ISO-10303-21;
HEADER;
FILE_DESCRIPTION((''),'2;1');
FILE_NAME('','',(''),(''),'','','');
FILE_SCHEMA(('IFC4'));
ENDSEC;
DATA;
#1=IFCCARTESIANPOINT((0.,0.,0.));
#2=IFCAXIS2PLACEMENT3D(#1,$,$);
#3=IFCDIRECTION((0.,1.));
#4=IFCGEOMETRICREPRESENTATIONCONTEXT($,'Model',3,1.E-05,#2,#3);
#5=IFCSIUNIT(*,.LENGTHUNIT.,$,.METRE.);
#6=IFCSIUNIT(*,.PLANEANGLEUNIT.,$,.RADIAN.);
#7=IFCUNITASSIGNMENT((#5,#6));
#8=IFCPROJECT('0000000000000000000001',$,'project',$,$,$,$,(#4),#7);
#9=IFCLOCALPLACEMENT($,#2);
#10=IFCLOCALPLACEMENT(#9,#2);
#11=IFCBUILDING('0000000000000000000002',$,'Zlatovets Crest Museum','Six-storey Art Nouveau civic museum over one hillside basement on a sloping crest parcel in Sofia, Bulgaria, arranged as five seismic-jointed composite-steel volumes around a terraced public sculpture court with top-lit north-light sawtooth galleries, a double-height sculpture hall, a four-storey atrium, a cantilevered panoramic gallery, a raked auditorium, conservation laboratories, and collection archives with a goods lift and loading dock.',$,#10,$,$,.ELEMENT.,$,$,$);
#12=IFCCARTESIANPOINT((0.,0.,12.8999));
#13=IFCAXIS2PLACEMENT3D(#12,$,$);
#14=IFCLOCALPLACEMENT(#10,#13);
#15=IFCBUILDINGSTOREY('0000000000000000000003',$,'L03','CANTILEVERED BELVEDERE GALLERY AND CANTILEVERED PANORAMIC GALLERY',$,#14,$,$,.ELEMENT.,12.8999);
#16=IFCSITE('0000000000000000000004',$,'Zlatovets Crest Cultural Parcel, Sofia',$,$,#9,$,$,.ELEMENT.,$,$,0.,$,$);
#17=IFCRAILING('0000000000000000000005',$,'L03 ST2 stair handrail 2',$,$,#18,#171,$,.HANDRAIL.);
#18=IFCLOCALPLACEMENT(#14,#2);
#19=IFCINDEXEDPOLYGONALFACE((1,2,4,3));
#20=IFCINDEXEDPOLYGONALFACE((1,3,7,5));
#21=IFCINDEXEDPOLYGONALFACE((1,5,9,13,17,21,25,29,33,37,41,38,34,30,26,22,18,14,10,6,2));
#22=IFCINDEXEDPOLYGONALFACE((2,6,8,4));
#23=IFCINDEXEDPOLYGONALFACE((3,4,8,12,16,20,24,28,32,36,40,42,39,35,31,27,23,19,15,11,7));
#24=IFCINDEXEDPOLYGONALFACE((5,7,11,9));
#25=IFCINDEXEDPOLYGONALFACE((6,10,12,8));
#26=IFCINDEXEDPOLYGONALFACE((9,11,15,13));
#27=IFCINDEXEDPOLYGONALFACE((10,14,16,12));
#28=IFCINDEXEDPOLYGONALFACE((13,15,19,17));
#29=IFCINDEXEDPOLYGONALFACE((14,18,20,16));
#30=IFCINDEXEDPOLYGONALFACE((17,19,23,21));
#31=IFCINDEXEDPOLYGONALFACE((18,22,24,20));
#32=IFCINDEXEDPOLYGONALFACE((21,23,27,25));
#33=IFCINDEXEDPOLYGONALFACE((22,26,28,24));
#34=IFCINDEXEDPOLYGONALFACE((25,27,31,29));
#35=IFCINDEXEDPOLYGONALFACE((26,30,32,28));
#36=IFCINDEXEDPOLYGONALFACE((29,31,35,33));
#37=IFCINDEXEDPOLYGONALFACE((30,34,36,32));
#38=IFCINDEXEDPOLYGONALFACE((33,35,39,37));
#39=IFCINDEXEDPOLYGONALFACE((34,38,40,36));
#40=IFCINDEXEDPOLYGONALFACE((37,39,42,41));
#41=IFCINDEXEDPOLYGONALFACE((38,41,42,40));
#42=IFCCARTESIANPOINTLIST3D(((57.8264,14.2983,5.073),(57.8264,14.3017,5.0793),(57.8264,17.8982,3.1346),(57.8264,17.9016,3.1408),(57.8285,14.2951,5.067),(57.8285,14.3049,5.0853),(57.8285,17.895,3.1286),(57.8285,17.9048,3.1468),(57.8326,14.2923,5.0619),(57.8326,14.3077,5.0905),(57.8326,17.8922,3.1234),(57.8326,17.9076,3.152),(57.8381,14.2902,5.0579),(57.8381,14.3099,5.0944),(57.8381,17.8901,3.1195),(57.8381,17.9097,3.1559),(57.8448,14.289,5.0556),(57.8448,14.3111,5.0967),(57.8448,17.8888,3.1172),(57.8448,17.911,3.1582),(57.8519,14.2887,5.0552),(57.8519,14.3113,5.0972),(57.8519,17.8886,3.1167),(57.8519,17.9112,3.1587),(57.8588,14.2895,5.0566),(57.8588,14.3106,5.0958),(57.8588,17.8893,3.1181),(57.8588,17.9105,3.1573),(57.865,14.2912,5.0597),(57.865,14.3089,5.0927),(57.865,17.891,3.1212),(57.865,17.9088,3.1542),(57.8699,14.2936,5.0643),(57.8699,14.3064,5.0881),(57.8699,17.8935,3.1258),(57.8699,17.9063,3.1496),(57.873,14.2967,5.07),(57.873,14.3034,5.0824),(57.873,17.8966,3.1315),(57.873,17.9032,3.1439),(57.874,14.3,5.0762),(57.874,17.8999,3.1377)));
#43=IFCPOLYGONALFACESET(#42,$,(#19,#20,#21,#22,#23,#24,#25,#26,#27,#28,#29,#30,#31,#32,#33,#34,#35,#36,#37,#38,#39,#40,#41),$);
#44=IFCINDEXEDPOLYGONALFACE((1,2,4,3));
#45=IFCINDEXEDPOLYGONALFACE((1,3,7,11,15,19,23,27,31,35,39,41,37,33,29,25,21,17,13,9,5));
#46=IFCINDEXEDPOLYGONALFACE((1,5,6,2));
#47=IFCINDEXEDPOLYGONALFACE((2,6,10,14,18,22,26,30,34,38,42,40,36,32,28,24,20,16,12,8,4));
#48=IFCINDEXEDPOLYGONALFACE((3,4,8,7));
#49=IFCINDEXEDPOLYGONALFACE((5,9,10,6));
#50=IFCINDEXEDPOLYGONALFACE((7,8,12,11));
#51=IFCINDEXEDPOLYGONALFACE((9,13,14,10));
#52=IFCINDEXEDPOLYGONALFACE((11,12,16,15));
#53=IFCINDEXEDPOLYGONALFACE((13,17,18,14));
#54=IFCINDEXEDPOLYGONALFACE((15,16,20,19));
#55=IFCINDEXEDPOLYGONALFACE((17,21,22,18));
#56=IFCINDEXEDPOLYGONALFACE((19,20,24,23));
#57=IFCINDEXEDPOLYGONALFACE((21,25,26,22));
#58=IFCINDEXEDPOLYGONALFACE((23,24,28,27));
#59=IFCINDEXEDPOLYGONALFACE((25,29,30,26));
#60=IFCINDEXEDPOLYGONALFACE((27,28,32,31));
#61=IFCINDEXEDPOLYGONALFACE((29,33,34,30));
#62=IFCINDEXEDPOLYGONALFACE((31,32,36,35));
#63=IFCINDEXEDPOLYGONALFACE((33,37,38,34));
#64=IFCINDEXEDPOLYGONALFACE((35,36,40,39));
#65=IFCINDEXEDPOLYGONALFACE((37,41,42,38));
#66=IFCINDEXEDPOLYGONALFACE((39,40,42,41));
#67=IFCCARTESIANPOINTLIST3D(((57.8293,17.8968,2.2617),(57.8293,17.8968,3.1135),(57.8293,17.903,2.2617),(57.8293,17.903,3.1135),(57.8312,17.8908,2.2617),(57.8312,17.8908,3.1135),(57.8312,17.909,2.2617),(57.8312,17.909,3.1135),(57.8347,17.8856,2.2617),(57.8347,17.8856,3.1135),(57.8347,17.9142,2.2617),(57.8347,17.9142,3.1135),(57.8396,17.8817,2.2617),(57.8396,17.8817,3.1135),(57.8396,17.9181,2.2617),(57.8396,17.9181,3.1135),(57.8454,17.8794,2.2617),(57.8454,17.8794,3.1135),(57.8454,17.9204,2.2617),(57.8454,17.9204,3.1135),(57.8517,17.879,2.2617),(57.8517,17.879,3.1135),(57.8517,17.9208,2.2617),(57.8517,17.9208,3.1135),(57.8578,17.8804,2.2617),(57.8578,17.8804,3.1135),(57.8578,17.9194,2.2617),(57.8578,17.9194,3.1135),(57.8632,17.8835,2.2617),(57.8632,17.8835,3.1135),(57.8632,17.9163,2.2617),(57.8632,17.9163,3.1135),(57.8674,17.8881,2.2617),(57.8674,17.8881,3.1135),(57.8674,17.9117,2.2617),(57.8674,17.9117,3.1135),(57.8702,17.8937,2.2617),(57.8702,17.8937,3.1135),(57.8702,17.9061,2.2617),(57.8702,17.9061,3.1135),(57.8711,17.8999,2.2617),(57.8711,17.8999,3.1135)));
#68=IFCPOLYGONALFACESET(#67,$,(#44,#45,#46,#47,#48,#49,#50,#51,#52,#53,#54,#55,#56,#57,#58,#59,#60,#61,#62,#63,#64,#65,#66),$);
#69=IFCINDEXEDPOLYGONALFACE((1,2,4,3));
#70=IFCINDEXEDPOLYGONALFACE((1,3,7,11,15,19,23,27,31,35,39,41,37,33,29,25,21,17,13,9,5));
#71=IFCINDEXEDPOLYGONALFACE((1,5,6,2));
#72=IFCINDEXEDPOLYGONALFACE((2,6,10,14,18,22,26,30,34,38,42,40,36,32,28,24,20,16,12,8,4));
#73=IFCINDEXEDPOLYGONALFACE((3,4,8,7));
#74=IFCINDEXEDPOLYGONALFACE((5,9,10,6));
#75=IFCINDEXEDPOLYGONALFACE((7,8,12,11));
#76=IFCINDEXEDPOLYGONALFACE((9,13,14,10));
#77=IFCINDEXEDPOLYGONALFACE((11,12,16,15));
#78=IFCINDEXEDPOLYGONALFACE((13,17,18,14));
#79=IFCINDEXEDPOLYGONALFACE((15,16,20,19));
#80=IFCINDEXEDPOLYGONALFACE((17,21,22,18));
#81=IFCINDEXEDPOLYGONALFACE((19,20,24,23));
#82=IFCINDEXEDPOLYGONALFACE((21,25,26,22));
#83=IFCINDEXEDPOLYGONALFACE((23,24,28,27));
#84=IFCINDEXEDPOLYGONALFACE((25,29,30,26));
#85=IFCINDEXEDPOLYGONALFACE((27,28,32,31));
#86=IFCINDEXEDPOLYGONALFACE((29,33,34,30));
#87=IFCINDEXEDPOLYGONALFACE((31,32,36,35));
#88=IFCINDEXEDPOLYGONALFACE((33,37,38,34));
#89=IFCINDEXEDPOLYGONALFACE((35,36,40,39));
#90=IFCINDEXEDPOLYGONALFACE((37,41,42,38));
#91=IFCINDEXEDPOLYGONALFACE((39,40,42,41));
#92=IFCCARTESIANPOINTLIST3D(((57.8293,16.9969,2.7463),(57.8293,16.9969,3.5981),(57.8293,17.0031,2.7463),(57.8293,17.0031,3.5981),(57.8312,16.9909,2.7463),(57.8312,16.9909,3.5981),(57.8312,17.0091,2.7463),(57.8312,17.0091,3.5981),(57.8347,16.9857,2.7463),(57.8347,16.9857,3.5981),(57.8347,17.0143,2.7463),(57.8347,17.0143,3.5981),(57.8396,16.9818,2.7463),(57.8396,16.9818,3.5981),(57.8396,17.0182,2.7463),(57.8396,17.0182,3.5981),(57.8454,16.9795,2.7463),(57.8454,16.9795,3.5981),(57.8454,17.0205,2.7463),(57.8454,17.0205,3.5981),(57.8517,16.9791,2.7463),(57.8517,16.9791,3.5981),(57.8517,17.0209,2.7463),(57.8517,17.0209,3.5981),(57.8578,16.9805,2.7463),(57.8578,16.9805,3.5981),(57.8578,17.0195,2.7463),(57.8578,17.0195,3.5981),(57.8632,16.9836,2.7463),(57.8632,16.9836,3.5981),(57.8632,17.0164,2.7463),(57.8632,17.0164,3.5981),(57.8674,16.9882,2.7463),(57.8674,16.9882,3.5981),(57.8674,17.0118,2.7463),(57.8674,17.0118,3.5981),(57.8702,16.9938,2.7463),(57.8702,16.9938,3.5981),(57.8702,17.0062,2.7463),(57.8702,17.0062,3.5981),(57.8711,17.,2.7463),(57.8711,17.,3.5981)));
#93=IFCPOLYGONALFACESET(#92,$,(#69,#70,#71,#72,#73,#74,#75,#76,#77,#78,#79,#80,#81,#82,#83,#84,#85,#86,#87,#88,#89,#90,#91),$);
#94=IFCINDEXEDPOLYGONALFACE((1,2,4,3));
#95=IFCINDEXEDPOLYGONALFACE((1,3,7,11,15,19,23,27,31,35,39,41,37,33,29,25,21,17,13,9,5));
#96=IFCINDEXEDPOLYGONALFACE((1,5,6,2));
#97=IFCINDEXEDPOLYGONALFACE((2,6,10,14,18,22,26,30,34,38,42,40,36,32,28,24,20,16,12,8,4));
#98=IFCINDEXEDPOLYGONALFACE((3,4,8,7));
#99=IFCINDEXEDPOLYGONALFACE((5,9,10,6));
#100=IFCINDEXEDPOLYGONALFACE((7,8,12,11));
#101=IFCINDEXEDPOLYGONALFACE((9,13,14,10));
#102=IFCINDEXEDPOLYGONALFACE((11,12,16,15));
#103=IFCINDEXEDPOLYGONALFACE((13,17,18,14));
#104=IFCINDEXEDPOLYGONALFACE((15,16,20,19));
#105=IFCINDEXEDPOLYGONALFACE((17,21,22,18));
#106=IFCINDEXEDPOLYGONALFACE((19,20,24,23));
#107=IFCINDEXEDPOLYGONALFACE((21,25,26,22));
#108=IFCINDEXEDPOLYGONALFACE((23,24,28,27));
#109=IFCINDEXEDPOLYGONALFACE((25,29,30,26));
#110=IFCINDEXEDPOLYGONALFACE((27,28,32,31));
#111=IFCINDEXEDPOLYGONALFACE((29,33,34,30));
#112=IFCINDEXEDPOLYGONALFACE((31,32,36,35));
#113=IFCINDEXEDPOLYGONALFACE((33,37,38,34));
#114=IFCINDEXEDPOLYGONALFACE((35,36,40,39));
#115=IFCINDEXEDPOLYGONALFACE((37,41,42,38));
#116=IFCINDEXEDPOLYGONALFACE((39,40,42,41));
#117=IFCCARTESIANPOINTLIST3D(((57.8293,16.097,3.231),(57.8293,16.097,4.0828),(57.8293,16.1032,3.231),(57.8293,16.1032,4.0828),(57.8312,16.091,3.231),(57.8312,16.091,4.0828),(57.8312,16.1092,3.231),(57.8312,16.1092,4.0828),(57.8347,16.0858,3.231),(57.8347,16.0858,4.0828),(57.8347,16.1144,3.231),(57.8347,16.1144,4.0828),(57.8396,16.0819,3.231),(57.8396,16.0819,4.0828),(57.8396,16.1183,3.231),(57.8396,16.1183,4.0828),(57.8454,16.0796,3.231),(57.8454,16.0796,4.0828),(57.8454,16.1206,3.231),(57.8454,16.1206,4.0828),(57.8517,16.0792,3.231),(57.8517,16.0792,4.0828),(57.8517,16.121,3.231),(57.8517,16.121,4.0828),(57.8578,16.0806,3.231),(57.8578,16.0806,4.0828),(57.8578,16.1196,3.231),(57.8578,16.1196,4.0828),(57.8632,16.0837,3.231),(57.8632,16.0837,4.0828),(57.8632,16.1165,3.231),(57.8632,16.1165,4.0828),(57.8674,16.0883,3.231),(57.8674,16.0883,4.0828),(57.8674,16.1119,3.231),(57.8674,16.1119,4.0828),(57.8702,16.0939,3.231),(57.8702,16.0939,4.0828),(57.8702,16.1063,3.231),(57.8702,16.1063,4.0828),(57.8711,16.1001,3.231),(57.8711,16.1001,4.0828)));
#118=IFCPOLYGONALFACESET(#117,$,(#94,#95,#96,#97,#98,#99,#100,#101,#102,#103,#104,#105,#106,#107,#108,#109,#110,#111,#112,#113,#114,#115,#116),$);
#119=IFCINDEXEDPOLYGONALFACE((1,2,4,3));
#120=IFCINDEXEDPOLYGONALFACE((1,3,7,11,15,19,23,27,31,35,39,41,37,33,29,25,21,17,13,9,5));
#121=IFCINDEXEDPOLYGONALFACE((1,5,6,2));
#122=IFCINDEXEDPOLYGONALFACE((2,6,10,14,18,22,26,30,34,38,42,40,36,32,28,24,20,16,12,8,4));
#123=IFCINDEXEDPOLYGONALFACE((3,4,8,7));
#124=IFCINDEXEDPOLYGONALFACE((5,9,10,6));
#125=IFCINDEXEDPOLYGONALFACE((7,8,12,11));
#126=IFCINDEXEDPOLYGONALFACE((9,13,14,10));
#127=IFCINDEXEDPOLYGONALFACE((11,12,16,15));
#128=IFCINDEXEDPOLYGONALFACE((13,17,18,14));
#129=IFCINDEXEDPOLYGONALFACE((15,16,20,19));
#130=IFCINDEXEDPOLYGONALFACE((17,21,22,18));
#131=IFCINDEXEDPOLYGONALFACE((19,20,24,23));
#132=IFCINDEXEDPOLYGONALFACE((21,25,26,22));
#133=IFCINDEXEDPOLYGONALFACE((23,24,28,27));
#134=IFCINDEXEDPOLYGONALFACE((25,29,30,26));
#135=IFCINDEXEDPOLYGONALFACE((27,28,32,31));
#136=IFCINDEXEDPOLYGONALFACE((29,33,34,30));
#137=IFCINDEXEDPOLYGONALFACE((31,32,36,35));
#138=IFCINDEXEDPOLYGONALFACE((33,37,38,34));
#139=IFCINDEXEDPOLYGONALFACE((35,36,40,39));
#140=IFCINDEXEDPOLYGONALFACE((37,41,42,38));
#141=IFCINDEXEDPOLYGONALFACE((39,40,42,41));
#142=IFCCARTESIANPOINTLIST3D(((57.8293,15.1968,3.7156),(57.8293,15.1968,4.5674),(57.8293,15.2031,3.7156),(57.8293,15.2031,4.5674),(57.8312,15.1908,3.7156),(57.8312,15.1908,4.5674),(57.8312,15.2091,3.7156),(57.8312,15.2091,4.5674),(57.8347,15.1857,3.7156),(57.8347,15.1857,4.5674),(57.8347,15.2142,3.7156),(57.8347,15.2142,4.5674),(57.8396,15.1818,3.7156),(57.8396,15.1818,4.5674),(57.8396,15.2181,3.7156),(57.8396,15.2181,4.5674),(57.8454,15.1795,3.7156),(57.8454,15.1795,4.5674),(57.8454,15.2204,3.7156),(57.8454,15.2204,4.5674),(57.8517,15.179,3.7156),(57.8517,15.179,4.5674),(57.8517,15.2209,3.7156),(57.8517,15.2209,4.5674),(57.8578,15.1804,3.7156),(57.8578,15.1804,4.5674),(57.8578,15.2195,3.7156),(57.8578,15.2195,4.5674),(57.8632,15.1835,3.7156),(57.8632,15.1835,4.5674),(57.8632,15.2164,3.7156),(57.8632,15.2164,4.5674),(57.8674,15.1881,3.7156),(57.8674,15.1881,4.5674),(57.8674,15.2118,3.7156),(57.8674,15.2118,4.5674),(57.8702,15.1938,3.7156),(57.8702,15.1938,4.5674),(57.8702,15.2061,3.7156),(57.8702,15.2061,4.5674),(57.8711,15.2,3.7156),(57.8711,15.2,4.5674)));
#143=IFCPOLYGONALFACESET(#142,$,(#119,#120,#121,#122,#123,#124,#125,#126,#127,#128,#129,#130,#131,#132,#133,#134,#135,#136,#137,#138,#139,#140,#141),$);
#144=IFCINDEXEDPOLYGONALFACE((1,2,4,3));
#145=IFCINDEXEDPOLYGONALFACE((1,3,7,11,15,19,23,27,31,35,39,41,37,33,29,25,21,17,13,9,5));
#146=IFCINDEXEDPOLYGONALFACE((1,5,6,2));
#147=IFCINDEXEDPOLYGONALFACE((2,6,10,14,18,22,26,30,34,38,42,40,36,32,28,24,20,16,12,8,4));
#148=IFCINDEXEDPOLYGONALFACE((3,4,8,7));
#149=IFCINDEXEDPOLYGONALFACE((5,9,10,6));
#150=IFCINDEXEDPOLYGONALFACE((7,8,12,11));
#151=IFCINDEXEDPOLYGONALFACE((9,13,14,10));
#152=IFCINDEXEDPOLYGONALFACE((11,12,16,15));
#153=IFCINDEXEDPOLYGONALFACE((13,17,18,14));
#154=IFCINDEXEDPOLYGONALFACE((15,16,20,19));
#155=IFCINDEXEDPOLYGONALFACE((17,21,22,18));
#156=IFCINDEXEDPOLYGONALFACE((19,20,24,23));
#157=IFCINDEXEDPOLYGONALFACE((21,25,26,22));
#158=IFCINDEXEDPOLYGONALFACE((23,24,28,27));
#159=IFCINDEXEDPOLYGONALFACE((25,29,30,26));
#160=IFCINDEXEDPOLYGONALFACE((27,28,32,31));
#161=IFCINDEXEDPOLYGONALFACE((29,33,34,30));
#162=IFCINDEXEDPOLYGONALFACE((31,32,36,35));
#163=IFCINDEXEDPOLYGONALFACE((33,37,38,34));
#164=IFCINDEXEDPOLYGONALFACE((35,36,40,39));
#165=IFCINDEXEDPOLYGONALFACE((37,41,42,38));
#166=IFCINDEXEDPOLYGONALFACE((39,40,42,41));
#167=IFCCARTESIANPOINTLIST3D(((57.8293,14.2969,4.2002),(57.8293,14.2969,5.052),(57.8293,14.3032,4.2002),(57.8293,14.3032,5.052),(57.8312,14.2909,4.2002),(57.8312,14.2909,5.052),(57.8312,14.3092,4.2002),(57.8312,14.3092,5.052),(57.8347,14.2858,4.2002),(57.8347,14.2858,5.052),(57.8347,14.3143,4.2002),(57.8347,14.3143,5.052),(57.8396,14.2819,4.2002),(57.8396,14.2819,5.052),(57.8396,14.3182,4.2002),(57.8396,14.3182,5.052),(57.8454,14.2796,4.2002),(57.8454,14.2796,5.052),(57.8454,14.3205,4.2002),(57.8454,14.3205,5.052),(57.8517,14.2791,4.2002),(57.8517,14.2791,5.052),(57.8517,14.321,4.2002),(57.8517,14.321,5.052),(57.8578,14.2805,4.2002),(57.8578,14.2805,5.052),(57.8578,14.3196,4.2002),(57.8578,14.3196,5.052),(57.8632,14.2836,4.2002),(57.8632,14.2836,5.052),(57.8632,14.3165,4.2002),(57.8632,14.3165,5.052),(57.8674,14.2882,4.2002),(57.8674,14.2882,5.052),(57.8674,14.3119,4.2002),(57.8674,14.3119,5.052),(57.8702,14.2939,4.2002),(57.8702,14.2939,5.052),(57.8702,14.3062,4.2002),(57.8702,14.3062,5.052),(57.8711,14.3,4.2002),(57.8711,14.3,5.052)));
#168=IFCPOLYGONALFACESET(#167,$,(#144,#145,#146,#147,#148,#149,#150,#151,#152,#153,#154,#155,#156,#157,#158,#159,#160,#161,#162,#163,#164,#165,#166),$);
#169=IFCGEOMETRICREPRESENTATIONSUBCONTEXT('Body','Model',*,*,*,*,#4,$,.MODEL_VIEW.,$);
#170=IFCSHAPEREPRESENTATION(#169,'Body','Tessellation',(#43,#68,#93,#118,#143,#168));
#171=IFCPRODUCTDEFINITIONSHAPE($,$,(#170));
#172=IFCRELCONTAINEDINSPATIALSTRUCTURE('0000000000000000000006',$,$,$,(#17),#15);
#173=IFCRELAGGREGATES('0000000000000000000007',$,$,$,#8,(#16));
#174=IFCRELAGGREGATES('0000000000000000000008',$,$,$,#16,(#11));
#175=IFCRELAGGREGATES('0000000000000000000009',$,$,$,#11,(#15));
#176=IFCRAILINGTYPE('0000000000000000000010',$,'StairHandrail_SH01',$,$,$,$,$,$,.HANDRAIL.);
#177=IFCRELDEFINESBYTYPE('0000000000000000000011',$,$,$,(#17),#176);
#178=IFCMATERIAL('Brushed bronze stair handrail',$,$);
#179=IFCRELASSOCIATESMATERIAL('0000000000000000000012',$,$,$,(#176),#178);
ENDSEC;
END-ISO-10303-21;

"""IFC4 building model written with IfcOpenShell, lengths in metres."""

from ifc_helpers import new_model, si_unit, direction, frame, origin, origin_2d, place, context, subcontext, project, spatial, circle, extrude, material, type_object, element, save


model = new_model("IFC4")

# Units and contexts
model_context = context("Model", 3, precision=1e-05, world=origin(), true_north=direction((0.0, 1.0)))
body_context = subcontext(model_context, "Body", "Model", "MODEL_VIEW")
ifc_project = project(units=[si_unit("LENGTHUNIT", "METRE"), si_unit("PLANEANGLEUNIT", "RADIAN")], contexts=[model_context])

# Site, building, storey
site_placement = place(None, origin())
site = spatial("IfcSite", under=ifc_project, at=site_placement, Name="Zlatovets Crest Cultural Parcel, Sofia", CompositionType="ELEMENT", RefElevation=0.0)
building_placement = place(site_placement, origin())
building = spatial("IfcBuilding", under=site, at=building_placement, Name="Zlatovets Crest Museum", Description="Six-storey Art Nouveau civic museum over one hillside basement on a sloping crest parcel in Sofia, Bulgaria, arranged as five seismic-jointed composite-steel volumes around a terraced public sculpture court with top-lit north-light sawtooth galleries, a double-height sculpture hall, a four-storey atrium, a cantilevered panoramic gallery, a raked auditorium, conservation laboratories, and collection archives with a goods lift and loading dock.", CompositionType="ELEMENT")
storey_placement = place(building_placement, frame((0.0, 0.0, 12.8999)))
storey = spatial("IfcBuildingStorey", under=building, at=storey_placement, Name="L03", Description="CANTILEVERED BELVEDERE GALLERY AND CANTILEVERED PANORAMIC GALLERY", CompositionType="ELEMENT", Elevation=12.8999)

# Railing
ifc_material_1 = material(Name="Brushed bronze stair handrail")
railing_type_1 = type_object("IfcRailingType", Name="StairHandrail_SH01", PredefinedType="HANDRAIL", material=ifc_material_1)
railing_1_placement = place(storey_placement, frame((57.8501, 17.8999, 2.2617)))
element("IfcRailing", 1, at=railing_1_placement, inside=storey, type_object=railing_type_1, Name="L03 ST2 stair handrail 2", PredefinedType="HANDRAIL", context=body_context, shape_type="SweptSolid", body=[
    extrude(circle(Radius=0.0239, at=origin_2d()), frame((0.0, 0.0, 0.876), z_axis=(0.0, -0.880462, 0.474118), x_axis=(1.0, 0.0, 0.0)), (0.0, 0.0, 1.0), 4.0886),
    extrude(circle(Radius=0.021, at=origin_2d()), origin(), (0.0, 0.0, 1.0), 0.8518),
    extrude(circle(Radius=0.021, at=origin_2d()), frame((0.0, -0.8999, 0.4846)), (0.0, 0.0, 1.0), 0.8518),
    extrude(circle(Radius=0.021, at=origin_2d()), frame((0.0, -1.7998, 0.9692)), (0.0, 0.0, 1.0), 0.8518),
    extrude(circle(Radius=0.021, at=origin_2d()), frame((0.0, -2.7, 1.4539)), (0.0, 0.0, 1.0), 0.8518),
    extrude(circle(Radius=0.021, at=origin_2d()), frame((0.0, -3.5999, 1.9385)), (0.0, 0.0, 1.0), 0.8518),
])

save(model, "model.ifc")
